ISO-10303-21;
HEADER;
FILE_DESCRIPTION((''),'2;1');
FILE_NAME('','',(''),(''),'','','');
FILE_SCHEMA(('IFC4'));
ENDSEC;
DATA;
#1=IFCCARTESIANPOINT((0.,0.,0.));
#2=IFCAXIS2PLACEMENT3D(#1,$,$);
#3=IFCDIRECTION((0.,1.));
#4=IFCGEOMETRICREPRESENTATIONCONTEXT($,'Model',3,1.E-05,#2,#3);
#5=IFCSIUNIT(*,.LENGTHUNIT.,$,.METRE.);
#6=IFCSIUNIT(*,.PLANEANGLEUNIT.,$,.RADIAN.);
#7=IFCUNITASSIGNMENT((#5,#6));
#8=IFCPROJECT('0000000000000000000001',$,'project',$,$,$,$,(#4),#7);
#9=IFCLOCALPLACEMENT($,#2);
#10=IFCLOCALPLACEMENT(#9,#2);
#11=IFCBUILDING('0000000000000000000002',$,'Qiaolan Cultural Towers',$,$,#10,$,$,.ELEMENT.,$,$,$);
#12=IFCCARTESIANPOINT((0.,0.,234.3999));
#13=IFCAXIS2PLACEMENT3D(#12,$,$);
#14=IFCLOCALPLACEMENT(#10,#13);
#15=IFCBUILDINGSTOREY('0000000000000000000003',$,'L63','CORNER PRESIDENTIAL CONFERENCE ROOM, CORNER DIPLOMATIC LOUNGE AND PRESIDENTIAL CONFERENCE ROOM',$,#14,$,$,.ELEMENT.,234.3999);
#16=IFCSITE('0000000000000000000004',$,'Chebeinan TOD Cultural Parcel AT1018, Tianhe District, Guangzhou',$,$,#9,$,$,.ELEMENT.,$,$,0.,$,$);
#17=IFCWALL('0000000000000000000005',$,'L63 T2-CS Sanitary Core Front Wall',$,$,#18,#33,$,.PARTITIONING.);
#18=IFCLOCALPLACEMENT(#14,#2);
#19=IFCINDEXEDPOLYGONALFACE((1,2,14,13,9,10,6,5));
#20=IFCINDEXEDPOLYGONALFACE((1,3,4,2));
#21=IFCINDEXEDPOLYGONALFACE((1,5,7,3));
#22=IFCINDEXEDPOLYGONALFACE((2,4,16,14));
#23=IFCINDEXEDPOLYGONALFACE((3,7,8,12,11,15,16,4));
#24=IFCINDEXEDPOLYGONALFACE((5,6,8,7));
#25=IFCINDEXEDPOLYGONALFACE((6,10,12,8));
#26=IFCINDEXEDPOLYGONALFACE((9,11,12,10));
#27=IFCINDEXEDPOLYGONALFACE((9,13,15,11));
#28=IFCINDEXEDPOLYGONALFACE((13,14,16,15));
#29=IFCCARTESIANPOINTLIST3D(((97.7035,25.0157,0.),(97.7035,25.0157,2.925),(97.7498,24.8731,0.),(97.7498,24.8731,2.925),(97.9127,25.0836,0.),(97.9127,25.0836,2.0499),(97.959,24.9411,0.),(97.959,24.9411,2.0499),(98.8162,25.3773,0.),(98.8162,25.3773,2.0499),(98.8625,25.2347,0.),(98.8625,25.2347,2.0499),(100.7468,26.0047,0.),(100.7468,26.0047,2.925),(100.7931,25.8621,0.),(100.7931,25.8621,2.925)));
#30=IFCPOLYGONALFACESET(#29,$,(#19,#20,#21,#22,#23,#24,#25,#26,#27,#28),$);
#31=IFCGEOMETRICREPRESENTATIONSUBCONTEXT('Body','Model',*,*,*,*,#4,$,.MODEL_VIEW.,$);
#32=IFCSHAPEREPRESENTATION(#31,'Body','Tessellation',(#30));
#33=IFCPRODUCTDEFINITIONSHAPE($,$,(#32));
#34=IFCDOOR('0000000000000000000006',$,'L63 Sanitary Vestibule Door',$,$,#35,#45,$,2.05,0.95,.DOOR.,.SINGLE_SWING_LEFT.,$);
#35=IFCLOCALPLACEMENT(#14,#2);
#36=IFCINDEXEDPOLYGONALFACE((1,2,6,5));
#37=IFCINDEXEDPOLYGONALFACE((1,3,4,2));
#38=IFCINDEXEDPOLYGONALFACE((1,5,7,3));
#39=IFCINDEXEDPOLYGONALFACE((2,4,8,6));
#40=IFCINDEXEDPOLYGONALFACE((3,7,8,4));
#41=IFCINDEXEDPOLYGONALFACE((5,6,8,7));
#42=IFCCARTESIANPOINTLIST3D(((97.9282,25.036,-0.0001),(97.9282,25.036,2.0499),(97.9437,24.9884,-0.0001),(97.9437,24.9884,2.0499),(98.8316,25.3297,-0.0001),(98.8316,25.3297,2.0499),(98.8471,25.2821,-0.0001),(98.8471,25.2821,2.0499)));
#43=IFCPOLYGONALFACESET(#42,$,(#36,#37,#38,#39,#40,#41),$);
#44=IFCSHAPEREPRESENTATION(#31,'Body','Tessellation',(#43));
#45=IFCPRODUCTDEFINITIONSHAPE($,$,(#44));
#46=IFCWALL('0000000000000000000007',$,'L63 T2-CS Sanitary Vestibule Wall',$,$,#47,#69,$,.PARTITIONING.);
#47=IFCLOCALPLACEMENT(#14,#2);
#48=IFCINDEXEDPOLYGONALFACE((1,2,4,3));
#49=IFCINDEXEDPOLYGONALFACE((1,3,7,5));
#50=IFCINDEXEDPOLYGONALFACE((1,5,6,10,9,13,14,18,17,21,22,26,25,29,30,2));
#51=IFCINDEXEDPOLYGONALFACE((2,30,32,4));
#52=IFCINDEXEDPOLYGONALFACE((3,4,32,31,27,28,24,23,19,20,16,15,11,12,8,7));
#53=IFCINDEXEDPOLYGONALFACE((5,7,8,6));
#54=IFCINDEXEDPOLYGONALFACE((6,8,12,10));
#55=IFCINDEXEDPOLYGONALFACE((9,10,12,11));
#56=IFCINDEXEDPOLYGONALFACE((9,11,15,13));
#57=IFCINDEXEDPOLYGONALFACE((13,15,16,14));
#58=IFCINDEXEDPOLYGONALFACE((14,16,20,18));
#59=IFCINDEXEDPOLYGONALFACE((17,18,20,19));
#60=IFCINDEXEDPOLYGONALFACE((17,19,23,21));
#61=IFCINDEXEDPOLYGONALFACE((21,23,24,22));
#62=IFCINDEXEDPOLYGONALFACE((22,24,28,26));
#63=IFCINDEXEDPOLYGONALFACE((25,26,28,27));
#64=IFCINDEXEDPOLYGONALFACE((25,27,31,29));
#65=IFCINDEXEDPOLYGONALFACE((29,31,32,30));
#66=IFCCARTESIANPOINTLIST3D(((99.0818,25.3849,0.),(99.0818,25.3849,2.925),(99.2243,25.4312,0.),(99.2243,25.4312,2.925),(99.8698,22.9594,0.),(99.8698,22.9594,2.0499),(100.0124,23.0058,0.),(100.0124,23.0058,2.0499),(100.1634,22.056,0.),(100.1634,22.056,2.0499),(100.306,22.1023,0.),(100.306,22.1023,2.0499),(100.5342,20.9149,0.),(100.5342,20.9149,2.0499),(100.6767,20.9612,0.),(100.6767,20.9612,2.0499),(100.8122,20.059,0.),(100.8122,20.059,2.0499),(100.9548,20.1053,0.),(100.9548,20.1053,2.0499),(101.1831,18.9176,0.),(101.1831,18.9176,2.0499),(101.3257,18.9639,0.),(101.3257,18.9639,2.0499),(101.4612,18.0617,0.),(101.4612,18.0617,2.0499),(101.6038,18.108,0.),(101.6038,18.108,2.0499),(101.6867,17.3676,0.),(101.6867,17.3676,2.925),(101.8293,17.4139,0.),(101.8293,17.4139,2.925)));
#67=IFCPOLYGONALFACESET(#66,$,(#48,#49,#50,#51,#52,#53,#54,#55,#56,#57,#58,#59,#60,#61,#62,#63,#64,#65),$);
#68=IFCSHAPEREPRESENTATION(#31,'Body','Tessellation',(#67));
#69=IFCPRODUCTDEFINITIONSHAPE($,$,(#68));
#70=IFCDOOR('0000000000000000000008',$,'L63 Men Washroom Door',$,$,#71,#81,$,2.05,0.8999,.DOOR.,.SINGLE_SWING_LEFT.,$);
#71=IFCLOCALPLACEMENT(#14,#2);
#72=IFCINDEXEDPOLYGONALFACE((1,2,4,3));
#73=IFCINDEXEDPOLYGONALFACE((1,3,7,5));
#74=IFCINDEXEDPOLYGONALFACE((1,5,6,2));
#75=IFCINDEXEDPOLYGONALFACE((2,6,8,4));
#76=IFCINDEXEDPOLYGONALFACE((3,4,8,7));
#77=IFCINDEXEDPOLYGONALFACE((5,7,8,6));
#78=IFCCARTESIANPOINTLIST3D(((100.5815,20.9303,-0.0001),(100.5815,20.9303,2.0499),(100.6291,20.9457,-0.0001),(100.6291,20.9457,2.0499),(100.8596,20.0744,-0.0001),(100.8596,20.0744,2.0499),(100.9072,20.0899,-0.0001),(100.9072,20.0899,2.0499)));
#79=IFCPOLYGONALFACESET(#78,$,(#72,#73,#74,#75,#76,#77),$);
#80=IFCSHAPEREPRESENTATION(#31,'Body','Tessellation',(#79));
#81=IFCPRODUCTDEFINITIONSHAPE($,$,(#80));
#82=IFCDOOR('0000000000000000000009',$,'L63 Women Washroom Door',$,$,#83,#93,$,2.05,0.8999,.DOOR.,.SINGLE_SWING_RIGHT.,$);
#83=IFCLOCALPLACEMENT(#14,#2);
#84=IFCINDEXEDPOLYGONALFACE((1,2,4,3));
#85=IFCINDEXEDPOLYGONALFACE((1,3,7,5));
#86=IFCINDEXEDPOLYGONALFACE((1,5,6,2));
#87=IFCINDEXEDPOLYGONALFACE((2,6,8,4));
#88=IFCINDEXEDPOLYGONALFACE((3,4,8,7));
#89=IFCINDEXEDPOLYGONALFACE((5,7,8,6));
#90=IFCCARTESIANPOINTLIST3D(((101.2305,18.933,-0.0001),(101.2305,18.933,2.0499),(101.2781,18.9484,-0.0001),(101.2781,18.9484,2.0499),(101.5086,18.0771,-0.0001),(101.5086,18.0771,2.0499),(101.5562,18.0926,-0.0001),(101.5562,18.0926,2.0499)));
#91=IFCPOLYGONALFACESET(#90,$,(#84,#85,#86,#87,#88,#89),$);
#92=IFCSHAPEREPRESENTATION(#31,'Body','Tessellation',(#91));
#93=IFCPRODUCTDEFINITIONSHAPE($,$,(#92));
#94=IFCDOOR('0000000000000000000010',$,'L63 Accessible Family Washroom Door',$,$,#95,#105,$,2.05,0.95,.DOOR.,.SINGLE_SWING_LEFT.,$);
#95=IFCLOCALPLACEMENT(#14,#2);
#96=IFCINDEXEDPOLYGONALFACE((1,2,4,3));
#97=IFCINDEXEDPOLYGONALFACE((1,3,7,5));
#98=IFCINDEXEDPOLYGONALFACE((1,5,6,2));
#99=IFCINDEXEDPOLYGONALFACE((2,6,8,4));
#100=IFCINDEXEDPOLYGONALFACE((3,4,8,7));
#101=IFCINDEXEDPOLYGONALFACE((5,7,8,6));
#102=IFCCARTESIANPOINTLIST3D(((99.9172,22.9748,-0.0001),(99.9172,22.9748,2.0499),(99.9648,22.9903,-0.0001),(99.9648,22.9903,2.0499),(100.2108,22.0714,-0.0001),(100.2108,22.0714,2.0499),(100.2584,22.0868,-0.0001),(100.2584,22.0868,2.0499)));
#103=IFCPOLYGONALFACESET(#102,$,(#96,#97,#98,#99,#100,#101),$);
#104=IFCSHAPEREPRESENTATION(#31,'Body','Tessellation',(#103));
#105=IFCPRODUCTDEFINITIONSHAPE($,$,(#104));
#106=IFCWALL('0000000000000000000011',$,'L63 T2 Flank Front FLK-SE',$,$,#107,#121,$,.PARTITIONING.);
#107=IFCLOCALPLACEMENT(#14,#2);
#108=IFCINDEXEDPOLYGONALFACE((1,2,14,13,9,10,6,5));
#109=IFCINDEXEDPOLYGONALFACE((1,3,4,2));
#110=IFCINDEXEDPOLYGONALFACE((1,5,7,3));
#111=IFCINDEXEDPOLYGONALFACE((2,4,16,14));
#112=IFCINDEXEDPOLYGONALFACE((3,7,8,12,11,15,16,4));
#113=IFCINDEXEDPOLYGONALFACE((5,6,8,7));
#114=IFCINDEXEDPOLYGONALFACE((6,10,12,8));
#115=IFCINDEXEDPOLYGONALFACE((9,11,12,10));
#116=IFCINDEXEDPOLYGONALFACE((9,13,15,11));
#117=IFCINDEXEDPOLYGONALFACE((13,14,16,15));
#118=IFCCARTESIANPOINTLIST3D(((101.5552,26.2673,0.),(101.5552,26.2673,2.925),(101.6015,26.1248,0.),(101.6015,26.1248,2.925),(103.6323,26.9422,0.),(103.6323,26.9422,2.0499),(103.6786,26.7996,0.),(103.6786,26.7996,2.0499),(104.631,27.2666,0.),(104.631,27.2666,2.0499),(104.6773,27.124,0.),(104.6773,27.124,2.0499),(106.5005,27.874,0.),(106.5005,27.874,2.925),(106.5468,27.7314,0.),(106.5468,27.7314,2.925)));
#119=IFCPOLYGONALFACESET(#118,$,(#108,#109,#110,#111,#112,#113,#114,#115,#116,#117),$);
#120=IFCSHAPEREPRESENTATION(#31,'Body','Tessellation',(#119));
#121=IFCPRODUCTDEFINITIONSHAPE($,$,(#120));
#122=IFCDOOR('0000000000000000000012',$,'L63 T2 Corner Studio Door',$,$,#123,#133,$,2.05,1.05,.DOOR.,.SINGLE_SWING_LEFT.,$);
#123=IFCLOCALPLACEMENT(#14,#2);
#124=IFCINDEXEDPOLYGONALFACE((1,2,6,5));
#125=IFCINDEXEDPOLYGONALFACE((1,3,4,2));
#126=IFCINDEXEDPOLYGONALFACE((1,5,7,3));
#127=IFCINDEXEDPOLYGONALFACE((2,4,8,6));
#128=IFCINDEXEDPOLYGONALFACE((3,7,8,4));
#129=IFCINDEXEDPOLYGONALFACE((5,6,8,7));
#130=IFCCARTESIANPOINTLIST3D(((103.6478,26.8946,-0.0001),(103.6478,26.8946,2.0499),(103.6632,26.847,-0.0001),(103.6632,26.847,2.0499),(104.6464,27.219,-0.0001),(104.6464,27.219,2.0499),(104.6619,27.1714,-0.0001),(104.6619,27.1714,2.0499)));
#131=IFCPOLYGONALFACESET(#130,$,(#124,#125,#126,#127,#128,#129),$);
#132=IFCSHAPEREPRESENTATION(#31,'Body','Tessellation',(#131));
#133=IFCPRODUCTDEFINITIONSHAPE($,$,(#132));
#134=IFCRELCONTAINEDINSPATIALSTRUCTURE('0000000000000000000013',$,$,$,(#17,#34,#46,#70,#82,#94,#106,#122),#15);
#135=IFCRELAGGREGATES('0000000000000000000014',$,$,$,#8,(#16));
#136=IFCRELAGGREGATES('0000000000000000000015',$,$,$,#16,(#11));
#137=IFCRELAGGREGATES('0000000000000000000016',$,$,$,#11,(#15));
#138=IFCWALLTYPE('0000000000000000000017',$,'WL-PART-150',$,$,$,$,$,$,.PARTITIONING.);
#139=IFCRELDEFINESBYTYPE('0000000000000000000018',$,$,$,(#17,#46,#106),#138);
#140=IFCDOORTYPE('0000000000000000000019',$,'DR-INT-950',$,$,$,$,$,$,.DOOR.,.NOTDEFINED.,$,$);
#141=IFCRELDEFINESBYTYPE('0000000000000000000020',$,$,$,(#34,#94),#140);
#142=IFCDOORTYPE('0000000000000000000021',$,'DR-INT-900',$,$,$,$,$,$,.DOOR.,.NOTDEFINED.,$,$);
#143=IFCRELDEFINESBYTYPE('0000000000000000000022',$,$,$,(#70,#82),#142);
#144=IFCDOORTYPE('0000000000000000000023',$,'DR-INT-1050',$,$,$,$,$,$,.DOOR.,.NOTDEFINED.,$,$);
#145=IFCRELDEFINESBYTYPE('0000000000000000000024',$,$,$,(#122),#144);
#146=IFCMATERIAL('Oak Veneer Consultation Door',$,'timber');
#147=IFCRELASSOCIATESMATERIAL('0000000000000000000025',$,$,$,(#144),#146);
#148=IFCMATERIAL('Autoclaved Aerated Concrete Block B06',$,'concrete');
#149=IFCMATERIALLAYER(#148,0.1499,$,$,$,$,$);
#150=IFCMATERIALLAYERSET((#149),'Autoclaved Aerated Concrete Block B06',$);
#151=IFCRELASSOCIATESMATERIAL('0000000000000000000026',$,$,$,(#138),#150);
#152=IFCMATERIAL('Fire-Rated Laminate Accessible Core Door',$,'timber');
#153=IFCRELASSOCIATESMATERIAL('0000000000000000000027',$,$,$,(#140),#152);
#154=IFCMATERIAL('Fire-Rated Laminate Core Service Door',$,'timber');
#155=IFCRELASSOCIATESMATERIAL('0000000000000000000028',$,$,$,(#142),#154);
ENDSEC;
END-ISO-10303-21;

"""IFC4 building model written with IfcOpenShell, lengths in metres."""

from ifc_helpers import new_model, si_unit, direction, frame, frame_2d, origin, place, context, subcontext, project, spatial, rectangle, extrude, material, layer, layer_set, type_object, element, fill, save


model = new_model("IFC4")

# Units and contexts
model_context = context("Model", 3, precision=1e-05, world=origin(), true_north=direction((0.0, 1.0)))
body_context = subcontext(model_context, "Body", "Model", "MODEL_VIEW")
ifc_project = project(units=[si_unit("LENGTHUNIT", "METRE"), si_unit("PLANEANGLEUNIT", "RADIAN")], contexts=[model_context])

# Site, building, storey
site_placement = place(None, origin())
site = spatial("IfcSite", under=ifc_project, at=site_placement, Name="Chebeinan TOD Cultural Parcel AT1018, Tianhe District, Guangzhou", CompositionType="ELEMENT", RefElevation=0.0)
building_placement = place(site_placement, origin())
building = spatial("IfcBuilding", under=site, at=building_placement, Name="Qiaolan Cultural Towers", CompositionType="ELEMENT")
storey_placement = place(building_placement, frame((0.0, 0.0, 234.3999)))
storey = spatial("IfcBuildingStorey", under=building, at=storey_placement, Name="L63", Description="CORNER PRESIDENTIAL CONFERENCE ROOM, CORNER DIPLOMATIC LOUNGE AND PRESIDENTIAL CONFERENCE ROOM", CompositionType="ELEMENT", Elevation=234.3999)

# Shared definitions
ifc_material_1 = material(Name="Oak Veneer Consultation Door", Category="timber")
door_type_1 = type_object("IfcDoorType", Name="DR-INT-1050", OperationType="NOTDEFINED", PredefinedType="DOOR", material=ifc_material_1)

# Wall, opening, door
ifc_material_2 = material(Name="Autoclaved Aerated Concrete Block B06", Category="concrete")
ifc_layer_1 = layer(ifc_material_2, 0.1499)
ifc_layer_set_1 = layer_set([ifc_layer_1], Name="Autoclaved Aerated Concrete Block B06")
wall_type_1 = type_object("IfcWallType", Name="WL-PART-150", PredefinedType="PARTITIONING", material=ifc_layer_set_1)
wall_1_placement = place(storey_placement, frame((97.7266, 24.9443, 0.0), z_axis=(0.0, 0.0, 1.0), x_axis=(0.951037, 0.309077, 0.0)))
wall_1 = element("IfcWall", 1, at=wall_1_placement, inside=storey, type_object=wall_type_1, Name="L63 T2-CS Sanitary Core Front Wall", PredefinedType="PARTITIONING", context=body_context, shape_type="SweptSolid", body=[
    extrude(rectangle(XDim=3.2, YDim=0.1499, at=frame_2d((1.6001, 0.0))), origin(), (0.0, 0.0, 1.0), 2.925),
])
opening_1_placement = place(wall_1_placement, frame((0.22, 0.0, 0.0)))
opening_1 = element("IfcOpeningElement", 2, at=opening_1_placement, cuts=wall_1, PredefinedType="OPENING", context=body_context, shape_type="SweptSolid", body=[
    extrude(rectangle(XDim=0.95, YDim=2.05, at=frame_2d((0.4751, 1.0249))), frame((0.0, 0.085, 0.0), z_axis=(0.0, -1.0, 0.0), x_axis=(1.0, 0.0, 0.0)), (0.0, 0.0, 1.0), 0.1699),
])
ifc_material_3 = material(Name="Fire-Rated Laminate Accessible Core Door", Category="timber")
door_type_2 = type_object("IfcDoorType", Name="DR-INT-950", OperationType="NOTDEFINED", PredefinedType="DOOR", material=ifc_material_3)
door_1_placement = place(opening_1_placement, origin())
door_1 = element("IfcDoor", 3, at=door_1_placement, inside=storey, type_object=door_type_2, Name="L63 Sanitary Vestibule Door", OperationType="SINGLE_SWING_LEFT", OverallHeight=2.05, OverallWidth=0.95, PredefinedType="DOOR", context=body_context, shape_type="SweptSolid", body=[
    extrude(rectangle(XDim=0.95, YDim=2.05, at=frame_2d((0.4751, 1.0249))), frame((0.0, 0.0249, 0.0), z_axis=(0.0, -1.0, 0.0), x_axis=(1.0, 0.0, 0.0)), (0.0, 0.0, 1.0), 0.05),
])
fill(opening_1, door_1)

# Wall, openings, doors
wall_2_placement = place(storey_placement, frame((99.1531, 25.408, 0.0), z_axis=(0.0, 0.0, 1.0), x_axis=(0.309016, -0.951057, 0.0)))
wall_2 = element("IfcWall", 4, at=wall_2_placement, inside=storey, type_object=wall_type_1, Name="L63 T2-CS Sanitary Vestibule Wall", PredefinedType="PARTITIONING", context=body_context, shape_type="SweptSolid", body=[
    extrude(rectangle(XDim=8.4299, YDim=0.1499, at=frame_2d((4.2148, 0.0))), origin(), (0.0, 0.0, 1.0), 2.925),
])
opening_2_placement = place(wall_2_placement, frame((2.55, 0.0, 0.0)))
opening_2 = element("IfcOpeningElement", 5, at=opening_2_placement, cuts=wall_2, PredefinedType="OPENING", context=body_context, shape_type="SweptSolid", body=[
    extrude(rectangle(XDim=0.95, YDim=2.05, at=frame_2d((0.4751, 1.0249))), frame((0.0, 0.085, 0.0), z_axis=(0.0, -1.0, 0.0), x_axis=(1.0, 0.0, 0.0)), (0.0, 0.0, 1.0), 0.1699),
])
opening_3_placement = place(wall_2_placement, frame((4.7, 0.0, 0.0)))
opening_3 = element("IfcOpeningElement", 6, at=opening_3_placement, cuts=wall_2, PredefinedType="OPENING", context=body_context, shape_type="SweptSolid", body=[
    extrude(rectangle(XDim=0.8999, YDim=2.05, at=frame_2d((0.45, 1.0249))), frame((0.0, 0.085, 0.0), z_axis=(0.0, -1.0, 0.0), x_axis=(1.0, 0.0, 0.0)), (0.0, 0.0, 1.0), 0.1699),
])
opening_4_placement = place(wall_2_placement, frame((6.8, 0.0, 0.0)))
opening_4 = element("IfcOpeningElement", 7, at=opening_4_placement, cuts=wall_2, PredefinedType="OPENING", context=body_context, shape_type="SweptSolid", body=[
    extrude(rectangle(XDim=0.8999, YDim=2.05, at=frame_2d((0.45, 1.0249))), frame((0.0, 0.085, 0.0), z_axis=(0.0, -1.0, 0.0), x_axis=(1.0, 0.0, 0.0)), (0.0, 0.0, 1.0), 0.1699),
])
ifc_material_4 = material(Name="Fire-Rated Laminate Core Service Door", Category="timber")
door_type_3 = type_object("IfcDoorType", Name="DR-INT-900", OperationType="NOTDEFINED", PredefinedType="DOOR", material=ifc_material_4)
door_2_placement = place(opening_3_placement, origin())
door_2 = element("IfcDoor", 8, at=door_2_placement, inside=storey, type_object=door_type_3, Name="L63 Men Washroom Door", OperationType="SINGLE_SWING_LEFT", OverallHeight=2.05, OverallWidth=0.8999, PredefinedType="DOOR", context=body_context, shape_type="SweptSolid", body=[
    extrude(rectangle(XDim=0.8999, YDim=2.05, at=frame_2d((0.45, 1.0249))), frame((0.0, 0.0249, 0.0), z_axis=(0.0, -1.0, 0.0), x_axis=(1.0, 0.0, 0.0)), (0.0, 0.0, 1.0), 0.05),
])
fill(opening_3, door_2)
door_3_placement = place(opening_4_placement, origin())
door_3 = element("IfcDoor", 9, at=door_3_placement, inside=storey, type_object=door_type_3, Name="L63 Women Washroom Door", OperationType="SINGLE_SWING_RIGHT", OverallHeight=2.05, OverallWidth=0.8999, PredefinedType="DOOR", context=body_context, shape_type="SweptSolid", body=[
    extrude(rectangle(XDim=0.8999, YDim=2.05, at=frame_2d((0.45, 1.0249))), frame((0.0, 0.0249, 0.0), z_axis=(0.0, -1.0, 0.0), x_axis=(1.0, 0.0, 0.0)), (0.0, 0.0, 1.0), 0.05),
])
fill(opening_4, door_3)
door_4_placement = place(opening_2_placement, origin())
door_4 = element("IfcDoor", 10, at=door_4_placement, inside=storey, type_object=door_type_2, Name="L63 Accessible Family Washroom Door", OperationType="SINGLE_SWING_LEFT", OverallHeight=2.05, OverallWidth=0.95, PredefinedType="DOOR", context=body_context, shape_type="SweptSolid", body=[
    extrude(rectangle(XDim=0.95, YDim=2.05, at=frame_2d((0.4751, 1.0249))), frame((0.0, 0.0249, 0.0), z_axis=(0.0, -1.0, 0.0), x_axis=(1.0, 0.0, 0.0)), (0.0, 0.0, 1.0), 0.05),
])
fill(opening_2, door_4)

# Wall, opening, door
wall_3_placement = place(storey_placement, frame((101.5784, 26.196, 0.0), z_axis=(0.0, 0.0, 1.0), x_axis=(0.951064, 0.308993, 0.0)))
wall_3 = element("IfcWall", 11, at=wall_3_placement, inside=storey, type_object=wall_type_1, Name="L63 T2 Flank Front FLK-SE", PredefinedType="PARTITIONING", context=body_context, shape_type="SweptSolid", body=[
    extrude(rectangle(XDim=5.1997, YDim=0.1499, at=frame_2d((2.5999, 0.0))), origin(), (0.0, 0.0, 1.0), 2.925),
])
opening_5_placement = place(wall_3_placement, frame((2.1841, 0.0, 0.0)))
opening_5 = element("IfcOpeningElement", 12, at=opening_5_placement, cuts=wall_3, PredefinedType="OPENING", context=body_context, shape_type="SweptSolid", body=[
    extrude(rectangle(XDim=1.05, YDim=2.05, at=frame_2d((0.5249, 1.0249))), frame((0.0, 0.085, 0.0), z_axis=(0.0, -1.0, 0.0), x_axis=(1.0, 0.0, 0.0)), (0.0, 0.0, 1.0), 0.1699),
])
door_5_placement = place(opening_5_placement, origin())
door_5 = element("IfcDoor", 13, at=door_5_placement, inside=storey, type_object=door_type_1, Name="L63 T2 Corner Studio Door", OperationType="SINGLE_SWING_LEFT", OverallHeight=2.05, OverallWidth=1.05, PredefinedType="DOOR", context=body_context, shape_type="SweptSolid", body=[
    extrude(rectangle(XDim=1.05, YDim=2.05, at=frame_2d((0.5249, 1.0249))), frame((0.0, 0.0249, 0.0), z_axis=(0.0, -1.0, 0.0), x_axis=(1.0, 0.0, 0.0)), (0.0, 0.0, 1.0), 0.05),
])
fill(opening_5, door_5)

save(model, "model.ifc")
